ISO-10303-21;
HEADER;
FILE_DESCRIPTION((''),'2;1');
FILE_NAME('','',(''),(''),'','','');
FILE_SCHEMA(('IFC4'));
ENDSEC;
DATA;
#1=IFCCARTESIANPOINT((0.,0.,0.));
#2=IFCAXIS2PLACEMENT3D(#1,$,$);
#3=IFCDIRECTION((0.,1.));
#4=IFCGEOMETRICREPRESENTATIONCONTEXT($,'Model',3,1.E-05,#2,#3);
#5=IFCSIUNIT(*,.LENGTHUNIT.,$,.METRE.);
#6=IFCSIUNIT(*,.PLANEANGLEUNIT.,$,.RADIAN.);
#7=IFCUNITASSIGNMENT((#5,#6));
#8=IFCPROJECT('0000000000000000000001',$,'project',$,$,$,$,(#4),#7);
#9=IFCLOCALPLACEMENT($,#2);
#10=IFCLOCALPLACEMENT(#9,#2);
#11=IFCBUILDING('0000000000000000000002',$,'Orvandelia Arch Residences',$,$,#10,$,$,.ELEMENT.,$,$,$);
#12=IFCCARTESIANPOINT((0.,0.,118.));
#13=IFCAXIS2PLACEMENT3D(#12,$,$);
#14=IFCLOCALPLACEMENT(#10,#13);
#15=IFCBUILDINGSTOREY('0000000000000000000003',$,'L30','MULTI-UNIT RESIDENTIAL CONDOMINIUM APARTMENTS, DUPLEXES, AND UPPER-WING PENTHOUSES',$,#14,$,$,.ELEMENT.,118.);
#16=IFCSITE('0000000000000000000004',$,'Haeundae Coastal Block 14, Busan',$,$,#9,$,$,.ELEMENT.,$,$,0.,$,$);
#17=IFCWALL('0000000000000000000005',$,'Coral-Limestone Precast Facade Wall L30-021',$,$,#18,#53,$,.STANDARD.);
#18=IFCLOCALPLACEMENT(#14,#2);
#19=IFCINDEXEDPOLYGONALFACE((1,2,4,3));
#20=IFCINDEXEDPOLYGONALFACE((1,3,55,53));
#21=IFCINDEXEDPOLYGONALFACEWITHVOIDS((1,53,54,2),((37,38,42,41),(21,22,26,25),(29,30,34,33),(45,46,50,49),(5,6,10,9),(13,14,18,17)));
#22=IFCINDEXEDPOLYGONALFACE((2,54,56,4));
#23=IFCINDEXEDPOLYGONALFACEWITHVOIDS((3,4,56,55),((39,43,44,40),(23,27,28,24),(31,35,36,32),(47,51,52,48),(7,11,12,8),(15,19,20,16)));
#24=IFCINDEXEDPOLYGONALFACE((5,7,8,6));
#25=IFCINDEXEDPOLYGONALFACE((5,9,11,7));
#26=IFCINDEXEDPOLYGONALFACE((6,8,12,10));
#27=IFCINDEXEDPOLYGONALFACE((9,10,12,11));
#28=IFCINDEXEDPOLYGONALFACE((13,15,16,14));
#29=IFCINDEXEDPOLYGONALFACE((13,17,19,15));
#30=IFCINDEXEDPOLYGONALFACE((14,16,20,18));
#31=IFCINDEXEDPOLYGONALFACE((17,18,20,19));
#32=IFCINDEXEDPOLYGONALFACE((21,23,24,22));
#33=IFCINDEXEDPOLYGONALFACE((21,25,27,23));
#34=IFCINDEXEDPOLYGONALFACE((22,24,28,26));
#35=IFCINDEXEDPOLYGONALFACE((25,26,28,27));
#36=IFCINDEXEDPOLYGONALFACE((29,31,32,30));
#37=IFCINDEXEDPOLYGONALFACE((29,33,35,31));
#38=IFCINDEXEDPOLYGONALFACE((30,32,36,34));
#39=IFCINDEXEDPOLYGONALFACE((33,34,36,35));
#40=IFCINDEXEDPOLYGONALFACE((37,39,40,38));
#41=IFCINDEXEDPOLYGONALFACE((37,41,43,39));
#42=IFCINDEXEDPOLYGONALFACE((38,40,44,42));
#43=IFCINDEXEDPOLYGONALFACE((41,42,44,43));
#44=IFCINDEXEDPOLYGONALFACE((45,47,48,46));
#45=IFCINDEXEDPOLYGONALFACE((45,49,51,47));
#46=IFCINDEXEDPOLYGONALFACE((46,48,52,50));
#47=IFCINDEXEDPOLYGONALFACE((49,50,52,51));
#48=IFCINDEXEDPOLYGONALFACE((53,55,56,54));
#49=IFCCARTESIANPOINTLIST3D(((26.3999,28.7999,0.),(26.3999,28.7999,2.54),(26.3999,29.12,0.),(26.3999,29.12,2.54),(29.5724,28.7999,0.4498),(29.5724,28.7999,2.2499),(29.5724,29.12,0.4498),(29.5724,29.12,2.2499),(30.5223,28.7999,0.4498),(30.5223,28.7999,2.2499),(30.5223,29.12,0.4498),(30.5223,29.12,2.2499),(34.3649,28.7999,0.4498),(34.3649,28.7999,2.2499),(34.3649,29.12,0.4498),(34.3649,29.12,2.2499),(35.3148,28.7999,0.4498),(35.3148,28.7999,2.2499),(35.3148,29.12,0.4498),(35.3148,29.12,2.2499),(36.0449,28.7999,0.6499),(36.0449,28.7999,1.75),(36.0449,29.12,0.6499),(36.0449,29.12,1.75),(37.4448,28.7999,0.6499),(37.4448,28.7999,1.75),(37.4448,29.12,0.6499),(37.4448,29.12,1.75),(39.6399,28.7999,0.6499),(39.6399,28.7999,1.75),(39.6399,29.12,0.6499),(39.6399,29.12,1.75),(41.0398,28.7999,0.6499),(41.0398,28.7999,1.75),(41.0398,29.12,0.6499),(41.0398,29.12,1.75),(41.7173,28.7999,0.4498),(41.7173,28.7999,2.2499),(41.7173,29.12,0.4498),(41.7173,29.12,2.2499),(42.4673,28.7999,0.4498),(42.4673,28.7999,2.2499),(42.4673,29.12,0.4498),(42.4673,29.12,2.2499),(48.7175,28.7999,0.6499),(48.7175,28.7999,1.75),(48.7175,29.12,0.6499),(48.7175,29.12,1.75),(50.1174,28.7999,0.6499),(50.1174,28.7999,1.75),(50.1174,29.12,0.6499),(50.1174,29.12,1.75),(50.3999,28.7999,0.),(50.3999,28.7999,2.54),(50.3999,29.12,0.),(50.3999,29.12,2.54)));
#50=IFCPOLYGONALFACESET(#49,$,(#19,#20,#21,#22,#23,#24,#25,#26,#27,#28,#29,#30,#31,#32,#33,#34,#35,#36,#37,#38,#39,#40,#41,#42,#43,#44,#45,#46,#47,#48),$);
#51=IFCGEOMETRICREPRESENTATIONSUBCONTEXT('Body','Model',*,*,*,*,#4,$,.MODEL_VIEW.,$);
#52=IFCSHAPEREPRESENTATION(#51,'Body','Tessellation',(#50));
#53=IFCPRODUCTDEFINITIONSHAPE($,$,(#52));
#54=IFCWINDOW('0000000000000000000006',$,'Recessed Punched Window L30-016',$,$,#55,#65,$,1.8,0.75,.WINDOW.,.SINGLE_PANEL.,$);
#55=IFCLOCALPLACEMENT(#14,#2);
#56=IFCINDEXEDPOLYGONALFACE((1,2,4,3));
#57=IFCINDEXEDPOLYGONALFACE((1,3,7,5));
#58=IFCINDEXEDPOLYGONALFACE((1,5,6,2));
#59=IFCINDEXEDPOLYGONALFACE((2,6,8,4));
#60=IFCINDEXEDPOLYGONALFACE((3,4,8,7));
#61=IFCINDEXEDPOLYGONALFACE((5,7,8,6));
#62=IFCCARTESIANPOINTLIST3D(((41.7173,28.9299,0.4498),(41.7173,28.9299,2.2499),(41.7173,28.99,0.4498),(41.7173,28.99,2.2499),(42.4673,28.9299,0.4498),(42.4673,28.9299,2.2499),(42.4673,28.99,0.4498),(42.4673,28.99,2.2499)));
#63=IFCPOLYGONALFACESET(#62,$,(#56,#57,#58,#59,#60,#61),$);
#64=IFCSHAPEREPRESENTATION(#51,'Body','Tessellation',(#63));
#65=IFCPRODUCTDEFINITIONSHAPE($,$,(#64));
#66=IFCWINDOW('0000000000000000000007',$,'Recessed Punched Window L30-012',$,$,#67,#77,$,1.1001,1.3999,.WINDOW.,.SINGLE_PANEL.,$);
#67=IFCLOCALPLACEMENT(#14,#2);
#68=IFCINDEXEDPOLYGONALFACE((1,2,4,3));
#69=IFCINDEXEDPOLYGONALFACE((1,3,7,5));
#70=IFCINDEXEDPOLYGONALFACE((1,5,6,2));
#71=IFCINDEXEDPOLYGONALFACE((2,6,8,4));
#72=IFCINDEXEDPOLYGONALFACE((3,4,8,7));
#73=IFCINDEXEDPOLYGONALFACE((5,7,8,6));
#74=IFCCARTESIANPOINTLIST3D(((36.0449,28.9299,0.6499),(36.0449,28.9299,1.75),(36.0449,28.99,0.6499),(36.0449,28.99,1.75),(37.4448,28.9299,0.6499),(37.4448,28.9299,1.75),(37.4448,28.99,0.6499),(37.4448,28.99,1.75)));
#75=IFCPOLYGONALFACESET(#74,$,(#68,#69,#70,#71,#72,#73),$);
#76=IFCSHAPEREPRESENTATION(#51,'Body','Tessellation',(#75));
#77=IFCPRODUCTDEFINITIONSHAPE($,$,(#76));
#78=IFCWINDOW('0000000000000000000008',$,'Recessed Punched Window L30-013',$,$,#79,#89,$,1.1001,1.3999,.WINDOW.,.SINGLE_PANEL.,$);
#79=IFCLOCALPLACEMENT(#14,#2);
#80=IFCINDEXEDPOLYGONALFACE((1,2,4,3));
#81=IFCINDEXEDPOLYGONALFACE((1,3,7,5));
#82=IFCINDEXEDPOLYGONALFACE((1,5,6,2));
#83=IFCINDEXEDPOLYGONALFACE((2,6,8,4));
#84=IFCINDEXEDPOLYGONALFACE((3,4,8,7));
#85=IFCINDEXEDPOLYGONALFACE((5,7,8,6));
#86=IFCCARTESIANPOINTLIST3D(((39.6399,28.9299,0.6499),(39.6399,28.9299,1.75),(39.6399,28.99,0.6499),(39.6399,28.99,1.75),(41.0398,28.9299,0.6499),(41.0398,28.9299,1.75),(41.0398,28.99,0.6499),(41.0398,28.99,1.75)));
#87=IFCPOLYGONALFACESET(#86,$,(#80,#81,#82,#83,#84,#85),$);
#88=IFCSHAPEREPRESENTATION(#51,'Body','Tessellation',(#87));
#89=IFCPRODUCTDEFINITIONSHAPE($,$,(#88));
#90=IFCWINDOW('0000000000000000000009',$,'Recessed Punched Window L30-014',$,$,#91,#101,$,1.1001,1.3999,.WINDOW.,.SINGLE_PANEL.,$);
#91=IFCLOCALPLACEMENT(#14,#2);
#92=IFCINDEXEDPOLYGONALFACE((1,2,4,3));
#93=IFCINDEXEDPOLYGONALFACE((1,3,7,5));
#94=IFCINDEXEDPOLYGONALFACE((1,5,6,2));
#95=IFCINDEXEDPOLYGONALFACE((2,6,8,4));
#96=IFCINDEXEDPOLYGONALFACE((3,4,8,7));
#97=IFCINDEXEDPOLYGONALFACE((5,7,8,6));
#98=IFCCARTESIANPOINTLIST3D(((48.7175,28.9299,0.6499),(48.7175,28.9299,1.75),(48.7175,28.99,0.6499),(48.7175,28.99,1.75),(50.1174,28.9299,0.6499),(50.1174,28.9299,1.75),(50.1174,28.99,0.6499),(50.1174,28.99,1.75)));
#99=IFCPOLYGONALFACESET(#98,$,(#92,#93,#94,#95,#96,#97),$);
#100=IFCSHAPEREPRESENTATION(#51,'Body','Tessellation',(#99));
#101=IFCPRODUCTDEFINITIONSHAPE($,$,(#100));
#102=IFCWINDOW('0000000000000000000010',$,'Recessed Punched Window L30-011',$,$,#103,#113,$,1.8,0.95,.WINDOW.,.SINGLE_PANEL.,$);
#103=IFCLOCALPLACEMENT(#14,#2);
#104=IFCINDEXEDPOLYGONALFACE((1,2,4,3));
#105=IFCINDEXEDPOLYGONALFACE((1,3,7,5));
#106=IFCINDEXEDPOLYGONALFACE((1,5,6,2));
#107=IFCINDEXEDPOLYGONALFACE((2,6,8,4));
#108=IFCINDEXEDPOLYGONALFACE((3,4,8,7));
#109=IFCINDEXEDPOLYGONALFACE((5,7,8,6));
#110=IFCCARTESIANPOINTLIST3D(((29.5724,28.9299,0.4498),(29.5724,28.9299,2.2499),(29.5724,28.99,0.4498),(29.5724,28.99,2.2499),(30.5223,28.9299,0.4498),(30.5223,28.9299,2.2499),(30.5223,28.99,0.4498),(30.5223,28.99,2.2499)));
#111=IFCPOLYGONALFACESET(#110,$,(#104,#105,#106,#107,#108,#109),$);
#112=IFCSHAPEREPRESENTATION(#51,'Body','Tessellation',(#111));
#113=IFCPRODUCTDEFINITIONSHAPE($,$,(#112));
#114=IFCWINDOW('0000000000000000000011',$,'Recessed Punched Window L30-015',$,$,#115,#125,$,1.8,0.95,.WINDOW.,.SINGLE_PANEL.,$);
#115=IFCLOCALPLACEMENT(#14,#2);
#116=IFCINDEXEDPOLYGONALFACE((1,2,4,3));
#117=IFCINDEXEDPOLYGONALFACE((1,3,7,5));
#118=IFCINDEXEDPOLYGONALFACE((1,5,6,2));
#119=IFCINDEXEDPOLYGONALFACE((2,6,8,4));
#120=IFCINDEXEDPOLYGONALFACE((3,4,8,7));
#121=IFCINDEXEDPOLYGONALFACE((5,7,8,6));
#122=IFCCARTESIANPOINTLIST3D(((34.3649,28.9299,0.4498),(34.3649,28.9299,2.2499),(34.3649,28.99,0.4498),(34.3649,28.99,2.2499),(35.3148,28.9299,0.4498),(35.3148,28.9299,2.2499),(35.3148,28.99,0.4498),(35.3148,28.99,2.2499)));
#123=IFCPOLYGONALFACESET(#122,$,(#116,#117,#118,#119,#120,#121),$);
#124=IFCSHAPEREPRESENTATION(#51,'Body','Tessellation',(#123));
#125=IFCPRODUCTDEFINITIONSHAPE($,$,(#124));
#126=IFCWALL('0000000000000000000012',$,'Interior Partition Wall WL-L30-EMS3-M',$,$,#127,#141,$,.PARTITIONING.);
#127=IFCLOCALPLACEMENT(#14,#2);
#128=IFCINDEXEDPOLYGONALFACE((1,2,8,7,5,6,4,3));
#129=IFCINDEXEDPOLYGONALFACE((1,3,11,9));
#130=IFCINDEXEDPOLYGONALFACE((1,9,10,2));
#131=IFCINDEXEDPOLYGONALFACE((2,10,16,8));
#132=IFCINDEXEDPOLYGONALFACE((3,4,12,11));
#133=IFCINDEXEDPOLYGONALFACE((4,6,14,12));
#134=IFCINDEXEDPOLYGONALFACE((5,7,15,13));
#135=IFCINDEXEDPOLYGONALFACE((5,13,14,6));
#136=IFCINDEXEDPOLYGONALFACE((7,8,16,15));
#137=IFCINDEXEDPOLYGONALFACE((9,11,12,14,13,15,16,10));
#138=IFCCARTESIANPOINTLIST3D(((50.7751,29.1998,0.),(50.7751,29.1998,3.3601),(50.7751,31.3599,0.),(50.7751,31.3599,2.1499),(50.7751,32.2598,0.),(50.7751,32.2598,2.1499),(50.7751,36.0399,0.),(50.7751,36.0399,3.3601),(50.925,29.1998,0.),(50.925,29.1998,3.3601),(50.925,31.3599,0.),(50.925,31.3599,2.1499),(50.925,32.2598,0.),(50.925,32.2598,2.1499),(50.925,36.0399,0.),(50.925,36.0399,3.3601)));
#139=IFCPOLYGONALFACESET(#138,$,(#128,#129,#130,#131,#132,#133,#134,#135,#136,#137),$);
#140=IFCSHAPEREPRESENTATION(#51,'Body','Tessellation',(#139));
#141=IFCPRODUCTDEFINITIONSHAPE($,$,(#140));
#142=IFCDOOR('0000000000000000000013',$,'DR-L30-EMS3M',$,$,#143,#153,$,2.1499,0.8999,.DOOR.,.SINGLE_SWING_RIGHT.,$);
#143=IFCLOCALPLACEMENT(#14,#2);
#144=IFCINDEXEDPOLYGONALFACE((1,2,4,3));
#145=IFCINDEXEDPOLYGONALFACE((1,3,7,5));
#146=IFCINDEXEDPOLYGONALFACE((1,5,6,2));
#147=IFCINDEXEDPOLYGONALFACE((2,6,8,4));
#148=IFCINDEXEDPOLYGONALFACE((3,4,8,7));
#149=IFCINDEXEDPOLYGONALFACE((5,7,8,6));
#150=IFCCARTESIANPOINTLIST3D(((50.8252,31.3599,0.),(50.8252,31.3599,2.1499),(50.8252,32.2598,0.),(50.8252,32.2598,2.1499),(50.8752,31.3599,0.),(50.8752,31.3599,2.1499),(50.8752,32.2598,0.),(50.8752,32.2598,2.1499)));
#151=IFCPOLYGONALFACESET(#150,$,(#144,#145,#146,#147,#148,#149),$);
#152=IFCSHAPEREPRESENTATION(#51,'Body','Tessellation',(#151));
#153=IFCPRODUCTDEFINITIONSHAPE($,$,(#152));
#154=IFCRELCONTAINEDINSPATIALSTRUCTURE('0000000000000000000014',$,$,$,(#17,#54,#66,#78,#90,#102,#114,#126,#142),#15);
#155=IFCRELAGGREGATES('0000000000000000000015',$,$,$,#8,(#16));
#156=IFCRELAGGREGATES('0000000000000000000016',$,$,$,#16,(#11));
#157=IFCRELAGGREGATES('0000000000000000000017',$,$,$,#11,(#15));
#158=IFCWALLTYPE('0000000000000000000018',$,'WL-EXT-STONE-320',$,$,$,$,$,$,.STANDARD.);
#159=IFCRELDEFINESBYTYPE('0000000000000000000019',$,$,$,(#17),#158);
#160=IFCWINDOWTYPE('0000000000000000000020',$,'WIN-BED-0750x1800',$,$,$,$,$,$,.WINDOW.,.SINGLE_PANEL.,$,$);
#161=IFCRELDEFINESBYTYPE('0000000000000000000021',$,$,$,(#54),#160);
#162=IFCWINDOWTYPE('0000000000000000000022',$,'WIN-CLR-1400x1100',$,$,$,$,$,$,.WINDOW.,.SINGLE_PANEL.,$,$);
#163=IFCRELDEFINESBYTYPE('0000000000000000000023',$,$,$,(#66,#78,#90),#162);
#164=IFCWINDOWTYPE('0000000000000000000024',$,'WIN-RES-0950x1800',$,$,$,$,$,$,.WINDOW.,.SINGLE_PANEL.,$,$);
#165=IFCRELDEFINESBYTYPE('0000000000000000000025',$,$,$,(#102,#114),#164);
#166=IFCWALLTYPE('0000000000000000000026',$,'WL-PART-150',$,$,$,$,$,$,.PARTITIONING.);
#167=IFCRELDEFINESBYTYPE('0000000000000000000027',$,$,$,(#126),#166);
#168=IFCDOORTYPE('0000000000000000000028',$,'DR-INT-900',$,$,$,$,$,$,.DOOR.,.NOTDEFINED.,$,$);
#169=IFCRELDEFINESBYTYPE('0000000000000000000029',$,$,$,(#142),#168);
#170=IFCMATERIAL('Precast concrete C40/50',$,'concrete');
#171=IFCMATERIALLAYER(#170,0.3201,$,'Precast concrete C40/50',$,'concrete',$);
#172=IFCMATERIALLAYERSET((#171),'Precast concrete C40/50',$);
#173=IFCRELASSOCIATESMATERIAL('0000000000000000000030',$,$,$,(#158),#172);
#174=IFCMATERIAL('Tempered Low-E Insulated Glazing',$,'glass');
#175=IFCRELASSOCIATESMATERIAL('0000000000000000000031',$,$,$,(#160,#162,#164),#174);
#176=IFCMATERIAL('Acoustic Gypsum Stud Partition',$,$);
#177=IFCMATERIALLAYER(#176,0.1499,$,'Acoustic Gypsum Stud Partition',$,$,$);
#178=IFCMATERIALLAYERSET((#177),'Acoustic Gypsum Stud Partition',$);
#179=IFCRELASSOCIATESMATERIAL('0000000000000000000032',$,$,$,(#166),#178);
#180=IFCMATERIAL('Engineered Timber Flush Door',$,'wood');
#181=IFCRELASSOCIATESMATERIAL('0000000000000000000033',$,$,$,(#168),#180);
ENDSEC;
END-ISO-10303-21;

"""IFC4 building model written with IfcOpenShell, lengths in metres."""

from ifc_helpers import new_model, si_unit, direction, frame, frame_2d, origin, place, context, subcontext, project, spatial, rectangle, extrude, material, layer, layer_set, type_object, element, fill, save


model = new_model("IFC4")

# Units and contexts
model_context = context("Model", 3, precision=1e-05, world=origin(), true_north=direction((0.0, 1.0)))
body_context = subcontext(model_context, "Body", "Model", "MODEL_VIEW")
ifc_project = project(units=[si_unit("LENGTHUNIT", "METRE"), si_unit("PLANEANGLEUNIT", "RADIAN")], contexts=[model_context])

# Site, building, storey
site_placement = place(None, origin())
site = spatial("IfcSite", under=ifc_project, at=site_placement, Name="Haeundae Coastal Block 14, Busan", CompositionType="ELEMENT", RefElevation=0.0)
building_placement = place(site_placement, origin())
building = spatial("IfcBuilding", under=site, at=building_placement, Name="Orvandelia Arch Residences", CompositionType="ELEMENT")
storey_placement = place(building_placement, frame((0.0, 0.0, 118.0)))
storey = spatial("IfcBuildingStorey", under=building, at=storey_placement, Name="L30", Description="MULTI-UNIT RESIDENTIAL CONDOMINIUM APARTMENTS, DUPLEXES, AND UPPER-WING PENTHOUSES", CompositionType="ELEMENT", Elevation=118.0)

# Shared definitions
ifc_material_1 = material(Name="Precast concrete C40/50", Category="concrete")
ifc_layer_1 = layer(ifc_material_1, 0.3201, Name="Precast concrete C40/50", Category="concrete")
ifc_layer_set_1 = layer_set([ifc_layer_1], Name="Precast concrete C40/50")
wall_type_1 = type_object("IfcWallType", Name="WL-EXT-STONE-320", PredefinedType="STANDARD", material=ifc_layer_set_1)

# Wall, openings, windows
wall_1_placement = place(storey_placement, frame((50.3999, 28.96, 0.0), z_axis=(0.0, 0.0, 1.0), x_axis=(-1.0, 0.0, 0.0)))
wall_1 = element("IfcWall", 1, at=wall_1_placement, inside=storey, type_object=wall_type_1, Name="Coral-Limestone Precast Facade Wall L30-021", PredefinedType="STANDARD", context=body_context, shape_type="SweptSolid", body=[
    extrude(rectangle(XDim=24.0, YDim=0.3201, at=frame_2d((12.0, 0.0))), origin(), (0.0, 0.0, 1.0), 2.54),
])
opening_1_placement = place(wall_1_placement, frame((19.8774, 0.0, 0.45)))
opening_1 = element("IfcOpeningElement", 2, at=opening_1_placement, cuts=wall_1, PredefinedType="OPENING", context=body_context, shape_type="SweptSolid", body=[
    extrude(rectangle(XDim=0.95, YDim=1.8, at=frame_2d((0.4751, 0.8999))), frame((0.0, 0.1699, 0.0), z_axis=(0.0, -1.0, 0.0), x_axis=(1.0, 0.0, 0.0)), (0.0, 0.0, 1.0), 0.3401),
])
opening_2_placement = place(wall_1_placement, frame((12.9551, 0.0, 0.6499)))
opening_2 = element("IfcOpeningElement", 3, at=opening_2_placement, cuts=wall_1, PredefinedType="OPENING", context=body_context, shape_type="SweptSolid", body=[
    extrude(rectangle(XDim=1.3999, YDim=1.1001, at=frame_2d((0.7, 0.55))), frame((0.0, 0.1699, 0.0), z_axis=(0.0, -1.0, 0.0), x_axis=(1.0, 0.0, 0.0)), (0.0, 0.0, 1.0), 0.3401),
])
opening_3_placement = place(wall_1_placement, frame((9.3601, 0.0, 0.6499)))
opening_3 = element("IfcOpeningElement", 4, at=opening_3_placement, cuts=wall_1, PredefinedType="OPENING", context=body_context, shape_type="SweptSolid", body=[
    extrude(rectangle(XDim=1.3999, YDim=1.1001, at=frame_2d((0.7, 0.55))), frame((0.0, 0.1699, 0.0), z_axis=(0.0, -1.0, 0.0), x_axis=(1.0, 0.0, 0.0)), (0.0, 0.0, 1.0), 0.3401),
])
opening_4_placement = place(wall_1_placement, frame((0.2825, 0.0, 0.6499)))
opening_4 = element("IfcOpeningElement", 5, at=opening_4_placement, cuts=wall_1, PredefinedType="OPENING", context=body_context, shape_type="SweptSolid", body=[
    extrude(rectangle(XDim=1.3999, YDim=1.1001, at=frame_2d((0.7, 0.55))), frame((0.0, 0.1699, 0.0), z_axis=(0.0, -1.0, 0.0), x_axis=(1.0, 0.0, 0.0)), (0.0, 0.0, 1.0), 0.3401),
])
opening_5_placement = place(wall_1_placement, frame((15.085, 0.0, 0.45)))
opening_5 = element("IfcOpeningElement", 6, at=opening_5_placement, cuts=wall_1, PredefinedType="OPENING", context=body_context, shape_type="SweptSolid", body=[
    extrude(rectangle(XDim=0.95, YDim=1.8, at=frame_2d((0.4751, 0.8999))), frame((0.0, 0.1699, 0.0), z_axis=(0.0, -1.0, 0.0), x_axis=(1.0, 0.0, 0.0)), (0.0, 0.0, 1.0), 0.3401),
])
opening_6_placement = place(wall_1_placement, frame((7.9326, 0.0, 0.45)))
opening_6 = element("IfcOpeningElement", 7, at=opening_6_placement, cuts=wall_1, PredefinedType="OPENING", context=body_context, shape_type="SweptSolid", body=[
    extrude(rectangle(XDim=0.75, YDim=1.8, at=frame_2d((0.375, 0.8999))), frame((0.0, 0.1699, 0.0), z_axis=(0.0, -1.0, 0.0), x_axis=(1.0, 0.0, 0.0)), (0.0, 0.0, 1.0), 0.3401),
])
ifc_material_2 = material(Name="Tempered Low-E Insulated Glazing", Category="glass")
window_type_1 = type_object("IfcWindowType", Name="WIN-BED-0750x1800", PartitioningType="SINGLE_PANEL", PredefinedType="WINDOW", material=ifc_material_2)
window_1_placement = place(opening_6_placement, origin())
window_1 = element("IfcWindow", 8, at=window_1_placement, inside=storey, type_object=window_type_1, Name="Recessed Punched Window L30-016", OverallHeight=1.8, OverallWidth=0.75, PartitioningType="SINGLE_PANEL", PredefinedType="WINDOW", context=body_context, shape_type="SweptSolid", body=[
    extrude(rectangle(XDim=0.75, YDim=1.8, at=frame_2d((0.375, 0.8999))), frame((0.0, 0.03, 0.0), z_axis=(0.0, -1.0, 0.0), x_axis=(1.0, 0.0, 0.0)), (0.0, 0.0, 1.0), 0.0601),
])
fill(opening_6, window_1)
window_type_2 = type_object("IfcWindowType", Name="WIN-CLR-1400x1100", PartitioningType="SINGLE_PANEL", PredefinedType="WINDOW", material=ifc_material_2)
window_2_placement = place(opening_2_placement, origin())
window_2 = element("IfcWindow", 9, at=window_2_placement, inside=storey, type_object=window_type_2, Name="Recessed Punched Window L30-012", OverallHeight=1.1001, OverallWidth=1.3999, PartitioningType="SINGLE_PANEL", PredefinedType="WINDOW", context=body_context, shape_type="SweptSolid", body=[
    extrude(rectangle(XDim=1.3999, YDim=1.1001, at=frame_2d((0.7, 0.55))), frame((0.0, 0.03, 0.0), z_axis=(0.0, -1.0, 0.0), x_axis=(1.0, 0.0, 0.0)), (0.0, 0.0, 1.0), 0.0601),
])
fill(opening_2, window_2)
window_3_placement = place(opening_3_placement, origin())
window_3 = element("IfcWindow", 10, at=window_3_placement, inside=storey, type_object=window_type_2, Name="Recessed Punched Window L30-013", OverallHeight=1.1001, OverallWidth=1.3999, PartitioningType="SINGLE_PANEL", PredefinedType="WINDOW", context=body_context, shape_type="SweptSolid", body=[
    extrude(rectangle(XDim=1.3999, YDim=1.1001, at=frame_2d((0.7, 0.55))), frame((0.0, 0.03, 0.0), z_axis=(0.0, -1.0, 0.0), x_axis=(1.0, 0.0, 0.0)), (0.0, 0.0, 1.0), 0.0601),
])
fill(opening_3, window_3)
window_4_placement = place(opening_4_placement, origin())
window_4 = element("IfcWindow", 11, at=window_4_placement, inside=storey, type_object=window_type_2, Name="Recessed Punched Window L30-014", OverallHeight=1.1001, OverallWidth=1.3999, PartitioningType="SINGLE_PANEL", PredefinedType="WINDOW", context=body_context, shape_type="SweptSolid", body=[
    extrude(rectangle(XDim=1.3999, YDim=1.1001, at=frame_2d((0.7, 0.55))), frame((0.0, 0.03, 0.0), z_axis=(0.0, -1.0, 0.0), x_axis=(1.0, 0.0, 0.0)), (0.0, 0.0, 1.0), 0.0601),
])
fill(opening_4, window_4)
window_type_3 = type_object("IfcWindowType", Name="WIN-RES-0950x1800", PartitioningType="SINGLE_PANEL", PredefinedType="WINDOW", material=ifc_material_2)
window_5_placement = place(opening_1_placement, origin())
window_5 = element("IfcWindow", 12, at=window_5_placement, inside=storey, type_object=window_type_3, Name="Recessed Punched Window L30-011", OverallHeight=1.8, OverallWidth=0.95, PartitioningType="SINGLE_PANEL", PredefinedType="WINDOW", context=body_context, shape_type="SweptSolid", body=[
    extrude(rectangle(XDim=0.95, YDim=1.8, at=frame_2d((0.4751, 0.8999))), frame((0.0, 0.03, 0.0), z_axis=(0.0, -1.0, 0.0), x_axis=(1.0, 0.0, 0.0)), (0.0, 0.0, 1.0), 0.0601),
])
fill(opening_1, window_5)
window_6_placement = place(opening_5_placement, origin())
window_6 = element("IfcWindow", 13, at=window_6_placement, inside=storey, type_object=window_type_3, Name="Recessed Punched Window L30-015", OverallHeight=1.8, OverallWidth=0.95, PartitioningType="SINGLE_PANEL", PredefinedType="WINDOW", context=body_context, shape_type="SweptSolid", body=[
    extrude(rectangle(XDim=0.95, YDim=1.8, at=frame_2d((0.4751, 0.8999))), frame((0.0, 0.03, 0.0), z_axis=(0.0, -1.0, 0.0), x_axis=(1.0, 0.0, 0.0)), (0.0, 0.0, 1.0), 0.0601),
])
fill(opening_5, window_6)

# Wall, opening, door
ifc_material_3 = material(Name="Acoustic Gypsum Stud Partition")
ifc_layer_2 = layer(ifc_material_3, 0.1499, Name="Acoustic Gypsum Stud Partition")
ifc_layer_set_2 = layer_set([ifc_layer_2], Name="Acoustic Gypsum Stud Partition")
wall_type_2 = type_object("IfcWallType", Name="WL-PART-150", PredefinedType="PARTITIONING", material=ifc_layer_set_2)
wall_2_placement = place(storey_placement, frame((50.8501, 29.2, 0.0), z_axis=(0.0, 0.0, 1.0), x_axis=(0.0, 1.0, 0.0)))
wall_2 = element("IfcWall", 14, at=wall_2_placement, inside=storey, type_object=wall_type_2, Name="Interior Partition Wall WL-L30-EMS3-M", PredefinedType="PARTITIONING", context=body_context, shape_type="SweptSolid", body=[
    extrude(rectangle(XDim=6.8401, YDim=0.1499, at=frame_2d((3.4199, 0.0))), origin(), (0.0, 0.0, 1.0), 3.3601),
])
opening_7_placement = place(wall_2_placement, frame((2.1599, 0.0, 0.0)))
opening_7 = element("IfcOpeningElement", 15, at=opening_7_placement, cuts=wall_2, PredefinedType="OPENING", context=body_context, shape_type="SweptSolid", body=[
    extrude(rectangle(XDim=0.8999, YDim=2.1499, at=frame_2d((0.45, 1.075))), frame((0.0, 0.085, 0.0), z_axis=(0.0, -1.0, 0.0), x_axis=(1.0, 0.0, 0.0)), (0.0, 0.0, 1.0), 0.1699),
])
ifc_material_4 = material(Name="Engineered Timber Flush Door", Category="wood")
door_type = type_object("IfcDoorType", Name="DR-INT-900", OperationType="NOTDEFINED", PredefinedType="DOOR", material=ifc_material_4)
door_placement = place(opening_7_placement, origin())
door = element("IfcDoor", 16, at=door_placement, inside=storey, type_object=door_type, Name="DR-L30-EMS3M", OperationType="SINGLE_SWING_RIGHT", OverallHeight=2.1499, OverallWidth=0.8999, PredefinedType="DOOR", context=body_context, shape_type="SweptSolid", body=[
    extrude(rectangle(XDim=0.8999, YDim=2.1499, at=frame_2d((0.45, 1.075))), frame((0.0, 0.0249, 0.0), z_axis=(0.0, -1.0, 0.0), x_axis=(1.0, 0.0, 0.0)), (0.0, 0.0, 1.0), 0.05),
])
fill(opening_7, door)

save(model, "model.ifc")
